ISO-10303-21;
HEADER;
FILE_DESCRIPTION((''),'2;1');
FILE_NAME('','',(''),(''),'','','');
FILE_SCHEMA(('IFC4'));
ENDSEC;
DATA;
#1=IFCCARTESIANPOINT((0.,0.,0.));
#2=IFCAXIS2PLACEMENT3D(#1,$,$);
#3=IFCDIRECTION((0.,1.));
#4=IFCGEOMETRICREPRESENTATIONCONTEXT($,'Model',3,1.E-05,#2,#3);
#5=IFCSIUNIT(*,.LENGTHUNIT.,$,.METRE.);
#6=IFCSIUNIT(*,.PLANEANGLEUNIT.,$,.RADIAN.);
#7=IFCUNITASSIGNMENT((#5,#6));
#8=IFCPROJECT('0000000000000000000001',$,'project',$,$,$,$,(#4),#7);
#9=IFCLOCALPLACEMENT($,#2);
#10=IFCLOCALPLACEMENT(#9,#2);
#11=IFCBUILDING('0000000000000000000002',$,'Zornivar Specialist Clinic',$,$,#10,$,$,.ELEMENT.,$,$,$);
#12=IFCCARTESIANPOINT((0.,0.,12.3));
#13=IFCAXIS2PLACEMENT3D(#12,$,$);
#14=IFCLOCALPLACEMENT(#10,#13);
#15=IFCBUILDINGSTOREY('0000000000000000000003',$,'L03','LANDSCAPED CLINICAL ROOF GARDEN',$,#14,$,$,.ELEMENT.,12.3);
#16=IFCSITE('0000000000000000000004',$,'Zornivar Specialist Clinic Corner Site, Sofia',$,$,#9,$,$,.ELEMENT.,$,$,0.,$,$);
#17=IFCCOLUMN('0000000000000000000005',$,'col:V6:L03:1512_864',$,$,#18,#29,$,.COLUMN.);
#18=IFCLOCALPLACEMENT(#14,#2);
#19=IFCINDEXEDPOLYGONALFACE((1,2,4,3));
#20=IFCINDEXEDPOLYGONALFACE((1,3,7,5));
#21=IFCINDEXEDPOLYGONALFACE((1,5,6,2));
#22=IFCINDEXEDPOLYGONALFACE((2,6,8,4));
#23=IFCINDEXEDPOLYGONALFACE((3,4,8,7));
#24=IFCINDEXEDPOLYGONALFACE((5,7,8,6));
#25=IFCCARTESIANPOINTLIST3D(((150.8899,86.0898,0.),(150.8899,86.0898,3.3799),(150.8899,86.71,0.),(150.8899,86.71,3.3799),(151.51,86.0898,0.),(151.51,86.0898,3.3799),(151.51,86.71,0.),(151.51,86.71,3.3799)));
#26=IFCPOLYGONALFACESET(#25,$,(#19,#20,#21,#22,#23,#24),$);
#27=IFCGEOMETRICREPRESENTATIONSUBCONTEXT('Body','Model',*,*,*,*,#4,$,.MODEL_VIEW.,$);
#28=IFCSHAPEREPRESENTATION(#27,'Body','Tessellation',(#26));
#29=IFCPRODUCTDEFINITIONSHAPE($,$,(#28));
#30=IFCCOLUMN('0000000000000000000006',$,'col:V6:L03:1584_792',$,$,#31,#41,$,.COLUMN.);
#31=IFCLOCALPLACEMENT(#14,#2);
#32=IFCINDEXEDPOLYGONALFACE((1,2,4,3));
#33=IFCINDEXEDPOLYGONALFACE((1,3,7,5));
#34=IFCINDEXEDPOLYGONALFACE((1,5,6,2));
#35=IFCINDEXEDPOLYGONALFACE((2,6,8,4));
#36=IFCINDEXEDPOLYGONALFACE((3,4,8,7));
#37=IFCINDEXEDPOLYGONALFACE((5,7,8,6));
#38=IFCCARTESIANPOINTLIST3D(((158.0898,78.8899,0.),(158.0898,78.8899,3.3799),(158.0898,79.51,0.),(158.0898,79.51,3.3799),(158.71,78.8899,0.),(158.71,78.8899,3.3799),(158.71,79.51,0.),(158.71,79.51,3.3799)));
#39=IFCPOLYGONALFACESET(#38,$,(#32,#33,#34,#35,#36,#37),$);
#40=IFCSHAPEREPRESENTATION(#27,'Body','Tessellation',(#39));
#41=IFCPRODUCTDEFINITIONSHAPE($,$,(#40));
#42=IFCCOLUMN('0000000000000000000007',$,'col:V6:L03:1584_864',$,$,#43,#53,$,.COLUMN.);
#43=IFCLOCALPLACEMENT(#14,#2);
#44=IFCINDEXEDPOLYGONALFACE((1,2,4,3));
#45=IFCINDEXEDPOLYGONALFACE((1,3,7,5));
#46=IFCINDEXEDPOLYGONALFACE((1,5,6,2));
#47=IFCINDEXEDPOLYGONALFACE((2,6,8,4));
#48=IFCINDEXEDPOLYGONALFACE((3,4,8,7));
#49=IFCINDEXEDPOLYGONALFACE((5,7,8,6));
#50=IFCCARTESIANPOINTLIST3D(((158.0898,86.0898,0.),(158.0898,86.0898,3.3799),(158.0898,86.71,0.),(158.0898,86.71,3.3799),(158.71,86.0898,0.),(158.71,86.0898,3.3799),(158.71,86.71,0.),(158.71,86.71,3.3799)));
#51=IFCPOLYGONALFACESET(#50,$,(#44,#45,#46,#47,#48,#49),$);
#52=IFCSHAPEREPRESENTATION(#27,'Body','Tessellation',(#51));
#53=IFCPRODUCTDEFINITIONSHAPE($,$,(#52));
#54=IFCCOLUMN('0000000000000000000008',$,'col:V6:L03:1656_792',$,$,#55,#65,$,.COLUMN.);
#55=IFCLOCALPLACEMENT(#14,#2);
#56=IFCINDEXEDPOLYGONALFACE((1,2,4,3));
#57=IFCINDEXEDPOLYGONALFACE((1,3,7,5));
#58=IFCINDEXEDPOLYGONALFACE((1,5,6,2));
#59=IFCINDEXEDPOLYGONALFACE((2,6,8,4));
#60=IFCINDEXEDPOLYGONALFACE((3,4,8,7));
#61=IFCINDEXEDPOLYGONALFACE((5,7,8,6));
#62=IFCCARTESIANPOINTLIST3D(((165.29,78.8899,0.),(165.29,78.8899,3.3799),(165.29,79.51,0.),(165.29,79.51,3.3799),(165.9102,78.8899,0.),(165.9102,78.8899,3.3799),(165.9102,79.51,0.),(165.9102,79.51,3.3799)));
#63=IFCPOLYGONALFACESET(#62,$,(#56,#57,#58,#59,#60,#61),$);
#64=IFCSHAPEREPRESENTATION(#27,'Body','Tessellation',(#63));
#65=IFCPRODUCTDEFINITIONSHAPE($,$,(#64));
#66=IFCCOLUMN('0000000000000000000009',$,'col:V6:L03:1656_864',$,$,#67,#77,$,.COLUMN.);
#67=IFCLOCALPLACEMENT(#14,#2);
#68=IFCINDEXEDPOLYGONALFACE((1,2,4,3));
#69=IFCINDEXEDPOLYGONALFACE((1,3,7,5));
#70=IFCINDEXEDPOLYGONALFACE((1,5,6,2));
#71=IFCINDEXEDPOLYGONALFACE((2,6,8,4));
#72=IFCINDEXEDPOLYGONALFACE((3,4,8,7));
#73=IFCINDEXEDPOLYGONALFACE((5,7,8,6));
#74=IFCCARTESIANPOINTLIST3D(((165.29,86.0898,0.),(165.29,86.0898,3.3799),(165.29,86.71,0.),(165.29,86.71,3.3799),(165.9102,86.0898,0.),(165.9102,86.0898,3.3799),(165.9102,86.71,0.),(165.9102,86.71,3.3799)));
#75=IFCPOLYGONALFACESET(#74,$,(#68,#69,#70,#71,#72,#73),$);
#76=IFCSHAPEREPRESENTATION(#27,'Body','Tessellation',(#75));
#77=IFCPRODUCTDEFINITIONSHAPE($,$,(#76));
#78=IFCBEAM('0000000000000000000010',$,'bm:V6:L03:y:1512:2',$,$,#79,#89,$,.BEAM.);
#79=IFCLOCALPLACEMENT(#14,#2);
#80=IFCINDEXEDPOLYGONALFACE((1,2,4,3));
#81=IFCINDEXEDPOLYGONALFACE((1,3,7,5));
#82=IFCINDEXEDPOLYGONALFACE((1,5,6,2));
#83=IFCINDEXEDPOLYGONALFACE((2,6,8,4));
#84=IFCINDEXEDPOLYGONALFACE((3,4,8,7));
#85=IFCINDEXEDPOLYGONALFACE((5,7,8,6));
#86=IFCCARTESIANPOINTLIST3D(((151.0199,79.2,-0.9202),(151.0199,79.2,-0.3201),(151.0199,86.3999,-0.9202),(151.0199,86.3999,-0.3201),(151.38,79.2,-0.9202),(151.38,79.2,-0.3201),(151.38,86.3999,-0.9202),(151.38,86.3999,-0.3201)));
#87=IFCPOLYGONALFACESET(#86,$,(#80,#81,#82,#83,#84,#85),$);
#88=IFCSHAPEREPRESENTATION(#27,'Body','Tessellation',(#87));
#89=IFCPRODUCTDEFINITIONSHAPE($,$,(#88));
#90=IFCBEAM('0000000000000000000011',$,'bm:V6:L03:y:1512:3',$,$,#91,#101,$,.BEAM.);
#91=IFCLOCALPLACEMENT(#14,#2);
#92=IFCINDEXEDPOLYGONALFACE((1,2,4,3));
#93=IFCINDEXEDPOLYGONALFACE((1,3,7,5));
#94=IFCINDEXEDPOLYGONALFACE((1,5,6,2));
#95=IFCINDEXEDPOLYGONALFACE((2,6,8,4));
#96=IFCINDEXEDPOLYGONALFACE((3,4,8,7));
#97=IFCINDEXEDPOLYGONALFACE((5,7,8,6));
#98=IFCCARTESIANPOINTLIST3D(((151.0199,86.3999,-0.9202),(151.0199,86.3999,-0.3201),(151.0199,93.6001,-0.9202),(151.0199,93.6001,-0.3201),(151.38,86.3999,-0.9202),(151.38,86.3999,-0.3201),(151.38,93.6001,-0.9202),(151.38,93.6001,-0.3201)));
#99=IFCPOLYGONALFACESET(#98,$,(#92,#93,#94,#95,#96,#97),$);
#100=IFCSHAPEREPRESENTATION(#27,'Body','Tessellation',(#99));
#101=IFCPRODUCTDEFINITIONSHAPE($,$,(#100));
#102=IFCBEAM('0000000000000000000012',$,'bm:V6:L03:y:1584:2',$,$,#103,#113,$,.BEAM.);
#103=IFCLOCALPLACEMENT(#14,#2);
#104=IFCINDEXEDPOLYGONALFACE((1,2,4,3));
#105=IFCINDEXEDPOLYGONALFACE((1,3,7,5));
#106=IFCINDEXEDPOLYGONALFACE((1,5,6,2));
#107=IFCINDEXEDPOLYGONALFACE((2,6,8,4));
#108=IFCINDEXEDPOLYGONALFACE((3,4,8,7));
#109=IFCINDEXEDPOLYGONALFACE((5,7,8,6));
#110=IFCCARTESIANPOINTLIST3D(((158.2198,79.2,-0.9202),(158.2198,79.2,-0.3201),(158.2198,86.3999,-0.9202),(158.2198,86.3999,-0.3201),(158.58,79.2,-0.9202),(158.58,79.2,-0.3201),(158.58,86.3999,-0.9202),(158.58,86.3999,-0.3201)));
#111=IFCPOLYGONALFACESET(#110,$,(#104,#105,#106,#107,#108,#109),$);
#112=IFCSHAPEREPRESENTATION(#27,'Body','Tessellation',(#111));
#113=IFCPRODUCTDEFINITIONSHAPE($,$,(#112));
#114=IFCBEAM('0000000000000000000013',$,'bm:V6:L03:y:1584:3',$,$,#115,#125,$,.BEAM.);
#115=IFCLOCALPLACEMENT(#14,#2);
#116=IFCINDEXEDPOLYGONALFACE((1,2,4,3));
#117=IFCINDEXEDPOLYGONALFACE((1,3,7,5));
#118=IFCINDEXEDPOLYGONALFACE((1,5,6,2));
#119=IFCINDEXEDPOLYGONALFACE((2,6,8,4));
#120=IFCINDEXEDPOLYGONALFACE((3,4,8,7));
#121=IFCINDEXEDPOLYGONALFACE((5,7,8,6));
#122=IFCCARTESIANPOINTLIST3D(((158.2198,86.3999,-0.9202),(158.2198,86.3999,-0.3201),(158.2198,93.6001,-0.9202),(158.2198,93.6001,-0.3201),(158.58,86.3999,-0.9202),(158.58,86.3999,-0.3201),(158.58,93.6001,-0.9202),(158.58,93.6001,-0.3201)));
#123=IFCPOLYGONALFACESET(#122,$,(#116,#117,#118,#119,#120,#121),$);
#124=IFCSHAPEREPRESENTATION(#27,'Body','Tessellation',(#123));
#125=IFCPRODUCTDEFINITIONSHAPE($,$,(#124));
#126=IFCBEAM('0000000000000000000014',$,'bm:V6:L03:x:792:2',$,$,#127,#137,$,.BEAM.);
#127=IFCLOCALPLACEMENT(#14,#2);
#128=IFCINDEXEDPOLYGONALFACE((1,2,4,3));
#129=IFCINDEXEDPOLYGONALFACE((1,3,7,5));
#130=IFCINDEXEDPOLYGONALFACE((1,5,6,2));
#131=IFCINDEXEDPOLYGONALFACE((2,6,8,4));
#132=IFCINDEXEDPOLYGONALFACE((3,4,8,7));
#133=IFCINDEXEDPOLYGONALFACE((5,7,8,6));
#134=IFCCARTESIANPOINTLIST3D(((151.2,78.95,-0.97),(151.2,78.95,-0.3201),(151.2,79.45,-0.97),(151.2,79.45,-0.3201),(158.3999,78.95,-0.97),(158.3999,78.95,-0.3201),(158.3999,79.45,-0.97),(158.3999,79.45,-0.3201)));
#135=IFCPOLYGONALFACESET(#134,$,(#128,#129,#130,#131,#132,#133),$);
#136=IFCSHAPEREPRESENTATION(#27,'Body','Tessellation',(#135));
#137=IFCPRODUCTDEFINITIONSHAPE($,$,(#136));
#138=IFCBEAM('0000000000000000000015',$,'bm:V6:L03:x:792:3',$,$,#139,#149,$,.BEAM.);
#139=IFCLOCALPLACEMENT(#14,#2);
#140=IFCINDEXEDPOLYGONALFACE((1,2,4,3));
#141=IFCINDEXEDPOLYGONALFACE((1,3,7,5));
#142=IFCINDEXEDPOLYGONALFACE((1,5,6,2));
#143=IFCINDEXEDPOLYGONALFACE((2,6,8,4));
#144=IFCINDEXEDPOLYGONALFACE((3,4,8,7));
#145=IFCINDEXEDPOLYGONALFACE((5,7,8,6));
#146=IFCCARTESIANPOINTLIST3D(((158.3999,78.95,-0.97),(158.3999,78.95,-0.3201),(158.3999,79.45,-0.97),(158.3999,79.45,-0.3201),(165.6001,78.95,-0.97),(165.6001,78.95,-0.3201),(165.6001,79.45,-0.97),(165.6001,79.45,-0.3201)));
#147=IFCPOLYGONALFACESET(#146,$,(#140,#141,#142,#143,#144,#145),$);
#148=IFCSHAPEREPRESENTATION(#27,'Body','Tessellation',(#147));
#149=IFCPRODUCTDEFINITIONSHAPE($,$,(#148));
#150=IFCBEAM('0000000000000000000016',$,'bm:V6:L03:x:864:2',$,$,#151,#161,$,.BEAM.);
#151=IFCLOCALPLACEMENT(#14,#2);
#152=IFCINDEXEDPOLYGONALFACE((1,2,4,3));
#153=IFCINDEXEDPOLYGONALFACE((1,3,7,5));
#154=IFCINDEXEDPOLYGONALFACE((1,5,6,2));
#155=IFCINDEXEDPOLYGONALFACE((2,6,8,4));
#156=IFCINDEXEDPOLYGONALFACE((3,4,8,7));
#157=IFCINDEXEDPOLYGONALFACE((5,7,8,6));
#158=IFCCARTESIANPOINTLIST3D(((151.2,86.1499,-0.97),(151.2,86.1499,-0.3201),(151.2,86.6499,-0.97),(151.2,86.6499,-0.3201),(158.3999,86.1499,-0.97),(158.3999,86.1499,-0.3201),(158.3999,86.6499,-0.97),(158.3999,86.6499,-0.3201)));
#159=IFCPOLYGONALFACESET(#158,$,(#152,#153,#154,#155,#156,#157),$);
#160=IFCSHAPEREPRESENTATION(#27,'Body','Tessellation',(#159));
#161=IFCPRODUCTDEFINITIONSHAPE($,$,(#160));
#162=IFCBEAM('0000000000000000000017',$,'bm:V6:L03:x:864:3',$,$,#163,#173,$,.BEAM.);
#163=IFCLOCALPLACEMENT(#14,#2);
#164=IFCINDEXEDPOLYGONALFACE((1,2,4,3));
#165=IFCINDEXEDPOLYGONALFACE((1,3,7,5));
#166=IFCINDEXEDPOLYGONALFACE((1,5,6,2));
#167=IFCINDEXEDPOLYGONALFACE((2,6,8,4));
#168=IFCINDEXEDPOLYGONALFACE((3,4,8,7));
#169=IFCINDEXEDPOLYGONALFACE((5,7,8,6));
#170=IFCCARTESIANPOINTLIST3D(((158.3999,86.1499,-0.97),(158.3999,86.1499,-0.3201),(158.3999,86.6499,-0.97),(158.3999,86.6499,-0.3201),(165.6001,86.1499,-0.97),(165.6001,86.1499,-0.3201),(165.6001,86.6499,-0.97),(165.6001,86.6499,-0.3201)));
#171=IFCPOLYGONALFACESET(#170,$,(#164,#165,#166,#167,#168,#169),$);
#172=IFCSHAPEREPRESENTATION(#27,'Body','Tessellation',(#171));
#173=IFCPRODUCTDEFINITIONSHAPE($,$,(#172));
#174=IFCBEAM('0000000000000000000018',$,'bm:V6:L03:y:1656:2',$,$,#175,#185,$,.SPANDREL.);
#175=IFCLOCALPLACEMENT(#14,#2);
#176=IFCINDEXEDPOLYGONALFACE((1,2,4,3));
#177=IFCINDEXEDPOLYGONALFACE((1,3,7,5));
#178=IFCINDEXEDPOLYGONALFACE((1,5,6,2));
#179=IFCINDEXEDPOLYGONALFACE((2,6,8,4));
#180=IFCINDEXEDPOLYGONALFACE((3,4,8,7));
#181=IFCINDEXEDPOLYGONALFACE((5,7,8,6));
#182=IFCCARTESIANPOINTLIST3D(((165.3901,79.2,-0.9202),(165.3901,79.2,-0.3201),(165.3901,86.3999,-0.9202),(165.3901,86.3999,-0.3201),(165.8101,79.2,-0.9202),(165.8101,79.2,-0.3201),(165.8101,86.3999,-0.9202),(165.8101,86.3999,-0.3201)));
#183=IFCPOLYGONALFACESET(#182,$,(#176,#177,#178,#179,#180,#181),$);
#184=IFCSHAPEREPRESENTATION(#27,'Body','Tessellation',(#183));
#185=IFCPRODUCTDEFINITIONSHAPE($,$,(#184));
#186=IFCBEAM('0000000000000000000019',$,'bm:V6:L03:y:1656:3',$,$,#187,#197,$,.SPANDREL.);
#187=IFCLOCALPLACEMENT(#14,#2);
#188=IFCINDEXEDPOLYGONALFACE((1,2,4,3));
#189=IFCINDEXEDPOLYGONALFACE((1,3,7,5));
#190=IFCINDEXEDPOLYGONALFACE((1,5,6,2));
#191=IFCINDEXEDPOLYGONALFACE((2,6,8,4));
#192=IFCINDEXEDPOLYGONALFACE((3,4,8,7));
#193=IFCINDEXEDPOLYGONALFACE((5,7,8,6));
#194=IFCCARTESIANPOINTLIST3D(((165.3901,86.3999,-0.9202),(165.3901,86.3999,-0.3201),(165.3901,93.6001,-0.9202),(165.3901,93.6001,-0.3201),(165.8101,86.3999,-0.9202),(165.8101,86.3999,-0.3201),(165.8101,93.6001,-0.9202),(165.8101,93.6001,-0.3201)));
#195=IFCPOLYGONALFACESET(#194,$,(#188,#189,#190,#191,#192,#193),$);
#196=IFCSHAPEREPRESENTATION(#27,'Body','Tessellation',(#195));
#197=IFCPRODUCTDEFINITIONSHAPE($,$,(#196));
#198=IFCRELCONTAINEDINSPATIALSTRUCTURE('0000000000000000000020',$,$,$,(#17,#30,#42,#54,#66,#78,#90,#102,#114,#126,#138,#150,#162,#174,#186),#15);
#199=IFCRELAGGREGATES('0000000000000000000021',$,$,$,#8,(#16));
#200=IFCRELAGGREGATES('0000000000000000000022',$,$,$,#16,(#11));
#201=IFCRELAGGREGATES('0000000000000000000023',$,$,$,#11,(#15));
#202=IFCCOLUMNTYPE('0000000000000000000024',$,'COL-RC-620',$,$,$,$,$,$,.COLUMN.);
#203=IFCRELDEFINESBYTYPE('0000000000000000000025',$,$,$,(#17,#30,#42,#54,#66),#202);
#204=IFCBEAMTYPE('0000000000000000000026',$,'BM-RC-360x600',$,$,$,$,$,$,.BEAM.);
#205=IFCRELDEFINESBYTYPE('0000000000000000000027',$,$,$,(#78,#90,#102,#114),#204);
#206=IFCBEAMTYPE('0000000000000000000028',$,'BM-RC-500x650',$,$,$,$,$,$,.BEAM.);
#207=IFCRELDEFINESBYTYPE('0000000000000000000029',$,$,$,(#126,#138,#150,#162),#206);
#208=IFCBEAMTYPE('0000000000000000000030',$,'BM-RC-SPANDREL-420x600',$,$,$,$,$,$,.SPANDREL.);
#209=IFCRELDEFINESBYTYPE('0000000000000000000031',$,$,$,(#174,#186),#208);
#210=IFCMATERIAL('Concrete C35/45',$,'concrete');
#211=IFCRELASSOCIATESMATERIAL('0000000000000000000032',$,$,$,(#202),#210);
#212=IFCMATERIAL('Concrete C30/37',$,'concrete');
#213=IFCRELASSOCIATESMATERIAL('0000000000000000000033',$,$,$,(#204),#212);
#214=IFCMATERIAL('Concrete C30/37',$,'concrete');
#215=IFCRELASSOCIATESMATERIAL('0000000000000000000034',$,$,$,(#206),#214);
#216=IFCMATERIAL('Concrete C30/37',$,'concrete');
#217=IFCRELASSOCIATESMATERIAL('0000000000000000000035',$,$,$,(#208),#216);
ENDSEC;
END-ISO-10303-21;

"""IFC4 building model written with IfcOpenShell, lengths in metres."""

from ifc_helpers import new_model, si_unit, direction, frame, origin, origin_2d, place, context, subcontext, project, spatial, rectangle, extrude, material, material_profile, profile_set, type_object, element, save


model = new_model("IFC4")

# Units and contexts
model_context = context("Model", 3, precision=1e-05, world=origin(), true_north=direction((0.0, 1.0)))
body_context = subcontext(model_context, "Body", "Model", "MODEL_VIEW")
ifc_project = project(units=[si_unit("LENGTHUNIT", "METRE"), si_unit("PLANEANGLEUNIT", "RADIAN")], contexts=[model_context])

# Site, building, storey
site_placement = place(None, origin())
site = spatial("IfcSite", under=ifc_project, at=site_placement, Name="Zornivar Specialist Clinic Corner Site, Sofia", CompositionType="ELEMENT", RefElevation=0.0)
building_placement = place(site_placement, origin())
building = spatial("IfcBuilding", under=site, at=building_placement, Name="Zornivar Specialist Clinic", CompositionType="ELEMENT")
storey_placement = place(building_placement, frame((0.0, 0.0, 12.3)))
storey = spatial("IfcBuildingStorey", under=building, at=storey_placement, Name="L03", Description="LANDSCAPED CLINICAL ROOF GARDEN", CompositionType="ELEMENT", Elevation=12.3)

# Columns
ifc_material_1 = material(Name="Concrete C35/45", Category="concrete")
ifc_material_profile_1 = material_profile(ifc_material_1, rectangle(XDim=0.6201, YDim=0.6201, at=origin_2d()), Name="RC 620x620")
ifc_profile_set_1 = profile_set([ifc_material_profile_1], Name="Concrete C35/45")
column_type = type_object("IfcColumnType", Name="COL-RC-620", PredefinedType="COLUMN", material=ifc_profile_set_1)
for number, where, z_axis, x_axis, name in (
    (1, (151.2, 86.3999, 0.0), (0.0, 0.0, 1.0), (1.0, 0.0, 0.0), "col:V6:L03:1512_864"),
    (2, (158.3999, 79.2, 0.0), (0.0, 0.0, 1.0), (1.0, 0.0, 0.0), "col:V6:L03:1584_792"),
    (3, (158.3999, 86.3999, 0.0), (0.0, 0.0, 1.0), (1.0, 0.0, 0.0), "col:V6:L03:1584_864"),
    (4, (165.6001, 79.2, 0.0), (0.0, 0.0, 1.0), (1.0, 0.0, 0.0), "col:V6:L03:1656_792"),
    (5, (165.6001, 86.3999, 0.0), (0.0, 0.0, 1.0), (1.0, 0.0, 0.0), "col:V6:L03:1656_864"),
):
    element("IfcColumn", number, at=place(storey_placement, frame(where, z_axis=z_axis, x_axis=x_axis)), inside=storey, type_object=column_type, Name=name, PredefinedType="COLUMN", context=body_context, shape_type="SweptSolid", body=[
        extrude(rectangle(XDim=0.6201, YDim=0.6201, at=origin_2d()), origin(), (0.0, 0.0, 1.0), 3.3799),
    ])

# Beams
ifc_material_2 = material(Name="Concrete C30/37", Category="concrete")
ifc_material_profile_2 = material_profile(ifc_material_2, rectangle(XDim=0.3601, YDim=0.6001, at=origin_2d()), Name="RC 360x600")
ifc_profile_set_2 = profile_set([ifc_material_profile_2], Name="Concrete C30/37")
beam_type_1 = type_object("IfcBeamType", Name="BM-RC-360x600", PredefinedType="BEAM", material=ifc_profile_set_2)
beam_1_placement = place(storey_placement, frame((151.2, 79.2, -0.6201), z_axis=(0.0, 1.0, 0.0), x_axis=(-1.0, 0.0, 0.0)))
element("IfcBeam", 6, at=beam_1_placement, inside=storey, type_object=beam_type_1, Name="bm:V6:L03:y:1512:2", PredefinedType="BEAM", context=body_context, shape_type="SweptSolid", body=[
    extrude(rectangle(XDim=0.3601, YDim=0.6001, at=origin_2d()), origin(), (0.0, 0.0, 1.0), 7.2),
])
beam_2_placement = place(storey_placement, frame((151.2, 86.3999, -0.6201), z_axis=(0.0, 1.0, 0.0), x_axis=(-1.0, 0.0, 0.0)))
element("IfcBeam", 7, at=beam_2_placement, inside=storey, type_object=beam_type_1, Name="bm:V6:L03:y:1512:3", PredefinedType="BEAM", context=body_context, shape_type="SweptSolid", body=[
    extrude(rectangle(XDim=0.3601, YDim=0.6001, at=origin_2d()), origin(), (0.0, 0.0, 1.0), 7.2002),
])
beam_3_placement = place(storey_placement, frame((158.3999, 79.2, -0.6201), z_axis=(0.0, 1.0, 0.0), x_axis=(-1.0, 0.0, 0.0)))
element("IfcBeam", 8, at=beam_3_placement, inside=storey, type_object=beam_type_1, Name="bm:V6:L03:y:1584:2", PredefinedType="BEAM", context=body_context, shape_type="SweptSolid", body=[
    extrude(rectangle(XDim=0.3601, YDim=0.6001, at=origin_2d()), origin(), (0.0, 0.0, 1.0), 7.2),
])
beam_4_placement = place(storey_placement, frame((158.3999, 86.3999, -0.6201), z_axis=(0.0, 1.0, 0.0), x_axis=(-1.0, 0.0, 0.0)))
element("IfcBeam", 9, at=beam_4_placement, inside=storey, type_object=beam_type_1, Name="bm:V6:L03:y:1584:3", PredefinedType="BEAM", context=body_context, shape_type="SweptSolid", body=[
    extrude(rectangle(XDim=0.3601, YDim=0.6001, at=origin_2d()), origin(), (0.0, 0.0, 1.0), 7.2002),
])
ifc_material_3 = material(Name="Concrete C30/37", Category="concrete")
ifc_material_profile_3 = material_profile(ifc_material_3, rectangle(XDim=0.5, YDim=0.6499, at=origin_2d()), Name="RC 500x650")
ifc_profile_set_3 = profile_set([ifc_material_profile_3], Name="Concrete C30/37")
beam_type_2 = type_object("IfcBeamType", Name="BM-RC-500x650", PredefinedType="BEAM", material=ifc_profile_set_3)
beam_5_placement = place(storey_placement, frame((151.2, 79.2, -0.645), z_axis=(1.0, 0.0, 0.0), x_axis=(0.0, 1.0, 0.0)))
element("IfcBeam", 10, at=beam_5_placement, inside=storey, type_object=beam_type_2, Name="bm:V6:L03:x:792:2", PredefinedType="BEAM", context=body_context, shape_type="SweptSolid", body=[
    extrude(rectangle(XDim=0.5, YDim=0.6499, at=origin_2d()), origin(), (0.0, 0.0, 1.0), 7.2),
])
beam_6_placement = place(storey_placement, frame((158.3999, 79.2, -0.645), z_axis=(1.0, 0.0, 0.0), x_axis=(0.0, 1.0, 0.0)))
element("IfcBeam", 11, at=beam_6_placement, inside=storey, type_object=beam_type_2, Name="bm:V6:L03:x:792:3", PredefinedType="BEAM", context=body_context, shape_type="SweptSolid", body=[
    extrude(rectangle(XDim=0.5, YDim=0.6499, at=origin_2d()), origin(), (0.0, 0.0, 1.0), 7.2002),
])
beam_7_placement = place(storey_placement, frame((151.2, 86.3999, -0.645), z_axis=(1.0, 0.0, 0.0), x_axis=(0.0, 1.0, 0.0)))
element("IfcBeam", 12, at=beam_7_placement, inside=storey, type_object=beam_type_2, Name="bm:V6:L03:x:864:2", PredefinedType="BEAM", context=body_context, shape_type="SweptSolid", body=[
    extrude(rectangle(XDim=0.5, YDim=0.6499, at=origin_2d()), origin(), (0.0, 0.0, 1.0), 7.2),
])
beam_8_placement = place(storey_placement, frame((158.3999, 86.3999, -0.645), z_axis=(1.0, 0.0, 0.0), x_axis=(0.0, 1.0, 0.0)))
element("IfcBeam", 13, at=beam_8_placement, inside=storey, type_object=beam_type_2, Name="bm:V6:L03:x:864:3", PredefinedType="BEAM", context=body_context, shape_type="SweptSolid", body=[
    extrude(rectangle(XDim=0.5, YDim=0.6499, at=origin_2d()), origin(), (0.0, 0.0, 1.0), 7.2002),
])
ifc_material_4 = material(Name="Concrete C30/37", Category="concrete")
ifc_material_profile_4 = material_profile(ifc_material_4, rectangle(XDim=0.4199, YDim=0.6001, at=origin_2d()), Name="RC 420x600")
ifc_profile_set_4 = profile_set([ifc_material_profile_4], Name="Concrete C30/37")
beam_type_3 = type_object("IfcBeamType", Name="BM-RC-SPANDREL-420x600", PredefinedType="SPANDREL", material=ifc_profile_set_4)
beam_9_placement = place(storey_placement, frame((165.6001, 79.2, -0.6201), z_axis=(0.0, 1.0, 0.0), x_axis=(-1.0, 0.0, 0.0)))
element("IfcBeam", 14, at=beam_9_placement, inside=storey, type_object=beam_type_3, Name="bm:V6:L03:y:1656:2", PredefinedType="SPANDREL", context=body_context, shape_type="SweptSolid", body=[
    extrude(rectangle(XDim=0.4199, YDim=0.6001, at=origin_2d()), origin(), (0.0, 0.0, 1.0), 7.2),
])
beam_10_placement = place(storey_placement, frame((165.6001, 86.3999, -0.6201), z_axis=(0.0, 1.0, 0.0), x_axis=(-1.0, 0.0, 0.0)))
element("IfcBeam", 15, at=beam_10_placement, inside=storey, type_object=beam_type_3, Name="bm:V6:L03:y:1656:3", PredefinedType="SPANDREL", context=body_context, shape_type="SweptSolid", body=[
    extrude(rectangle(XDim=0.4199, YDim=0.6001, at=origin_2d()), origin(), (0.0, 0.0, 1.0), 7.2002),
])

save(model, "model.ifc")
